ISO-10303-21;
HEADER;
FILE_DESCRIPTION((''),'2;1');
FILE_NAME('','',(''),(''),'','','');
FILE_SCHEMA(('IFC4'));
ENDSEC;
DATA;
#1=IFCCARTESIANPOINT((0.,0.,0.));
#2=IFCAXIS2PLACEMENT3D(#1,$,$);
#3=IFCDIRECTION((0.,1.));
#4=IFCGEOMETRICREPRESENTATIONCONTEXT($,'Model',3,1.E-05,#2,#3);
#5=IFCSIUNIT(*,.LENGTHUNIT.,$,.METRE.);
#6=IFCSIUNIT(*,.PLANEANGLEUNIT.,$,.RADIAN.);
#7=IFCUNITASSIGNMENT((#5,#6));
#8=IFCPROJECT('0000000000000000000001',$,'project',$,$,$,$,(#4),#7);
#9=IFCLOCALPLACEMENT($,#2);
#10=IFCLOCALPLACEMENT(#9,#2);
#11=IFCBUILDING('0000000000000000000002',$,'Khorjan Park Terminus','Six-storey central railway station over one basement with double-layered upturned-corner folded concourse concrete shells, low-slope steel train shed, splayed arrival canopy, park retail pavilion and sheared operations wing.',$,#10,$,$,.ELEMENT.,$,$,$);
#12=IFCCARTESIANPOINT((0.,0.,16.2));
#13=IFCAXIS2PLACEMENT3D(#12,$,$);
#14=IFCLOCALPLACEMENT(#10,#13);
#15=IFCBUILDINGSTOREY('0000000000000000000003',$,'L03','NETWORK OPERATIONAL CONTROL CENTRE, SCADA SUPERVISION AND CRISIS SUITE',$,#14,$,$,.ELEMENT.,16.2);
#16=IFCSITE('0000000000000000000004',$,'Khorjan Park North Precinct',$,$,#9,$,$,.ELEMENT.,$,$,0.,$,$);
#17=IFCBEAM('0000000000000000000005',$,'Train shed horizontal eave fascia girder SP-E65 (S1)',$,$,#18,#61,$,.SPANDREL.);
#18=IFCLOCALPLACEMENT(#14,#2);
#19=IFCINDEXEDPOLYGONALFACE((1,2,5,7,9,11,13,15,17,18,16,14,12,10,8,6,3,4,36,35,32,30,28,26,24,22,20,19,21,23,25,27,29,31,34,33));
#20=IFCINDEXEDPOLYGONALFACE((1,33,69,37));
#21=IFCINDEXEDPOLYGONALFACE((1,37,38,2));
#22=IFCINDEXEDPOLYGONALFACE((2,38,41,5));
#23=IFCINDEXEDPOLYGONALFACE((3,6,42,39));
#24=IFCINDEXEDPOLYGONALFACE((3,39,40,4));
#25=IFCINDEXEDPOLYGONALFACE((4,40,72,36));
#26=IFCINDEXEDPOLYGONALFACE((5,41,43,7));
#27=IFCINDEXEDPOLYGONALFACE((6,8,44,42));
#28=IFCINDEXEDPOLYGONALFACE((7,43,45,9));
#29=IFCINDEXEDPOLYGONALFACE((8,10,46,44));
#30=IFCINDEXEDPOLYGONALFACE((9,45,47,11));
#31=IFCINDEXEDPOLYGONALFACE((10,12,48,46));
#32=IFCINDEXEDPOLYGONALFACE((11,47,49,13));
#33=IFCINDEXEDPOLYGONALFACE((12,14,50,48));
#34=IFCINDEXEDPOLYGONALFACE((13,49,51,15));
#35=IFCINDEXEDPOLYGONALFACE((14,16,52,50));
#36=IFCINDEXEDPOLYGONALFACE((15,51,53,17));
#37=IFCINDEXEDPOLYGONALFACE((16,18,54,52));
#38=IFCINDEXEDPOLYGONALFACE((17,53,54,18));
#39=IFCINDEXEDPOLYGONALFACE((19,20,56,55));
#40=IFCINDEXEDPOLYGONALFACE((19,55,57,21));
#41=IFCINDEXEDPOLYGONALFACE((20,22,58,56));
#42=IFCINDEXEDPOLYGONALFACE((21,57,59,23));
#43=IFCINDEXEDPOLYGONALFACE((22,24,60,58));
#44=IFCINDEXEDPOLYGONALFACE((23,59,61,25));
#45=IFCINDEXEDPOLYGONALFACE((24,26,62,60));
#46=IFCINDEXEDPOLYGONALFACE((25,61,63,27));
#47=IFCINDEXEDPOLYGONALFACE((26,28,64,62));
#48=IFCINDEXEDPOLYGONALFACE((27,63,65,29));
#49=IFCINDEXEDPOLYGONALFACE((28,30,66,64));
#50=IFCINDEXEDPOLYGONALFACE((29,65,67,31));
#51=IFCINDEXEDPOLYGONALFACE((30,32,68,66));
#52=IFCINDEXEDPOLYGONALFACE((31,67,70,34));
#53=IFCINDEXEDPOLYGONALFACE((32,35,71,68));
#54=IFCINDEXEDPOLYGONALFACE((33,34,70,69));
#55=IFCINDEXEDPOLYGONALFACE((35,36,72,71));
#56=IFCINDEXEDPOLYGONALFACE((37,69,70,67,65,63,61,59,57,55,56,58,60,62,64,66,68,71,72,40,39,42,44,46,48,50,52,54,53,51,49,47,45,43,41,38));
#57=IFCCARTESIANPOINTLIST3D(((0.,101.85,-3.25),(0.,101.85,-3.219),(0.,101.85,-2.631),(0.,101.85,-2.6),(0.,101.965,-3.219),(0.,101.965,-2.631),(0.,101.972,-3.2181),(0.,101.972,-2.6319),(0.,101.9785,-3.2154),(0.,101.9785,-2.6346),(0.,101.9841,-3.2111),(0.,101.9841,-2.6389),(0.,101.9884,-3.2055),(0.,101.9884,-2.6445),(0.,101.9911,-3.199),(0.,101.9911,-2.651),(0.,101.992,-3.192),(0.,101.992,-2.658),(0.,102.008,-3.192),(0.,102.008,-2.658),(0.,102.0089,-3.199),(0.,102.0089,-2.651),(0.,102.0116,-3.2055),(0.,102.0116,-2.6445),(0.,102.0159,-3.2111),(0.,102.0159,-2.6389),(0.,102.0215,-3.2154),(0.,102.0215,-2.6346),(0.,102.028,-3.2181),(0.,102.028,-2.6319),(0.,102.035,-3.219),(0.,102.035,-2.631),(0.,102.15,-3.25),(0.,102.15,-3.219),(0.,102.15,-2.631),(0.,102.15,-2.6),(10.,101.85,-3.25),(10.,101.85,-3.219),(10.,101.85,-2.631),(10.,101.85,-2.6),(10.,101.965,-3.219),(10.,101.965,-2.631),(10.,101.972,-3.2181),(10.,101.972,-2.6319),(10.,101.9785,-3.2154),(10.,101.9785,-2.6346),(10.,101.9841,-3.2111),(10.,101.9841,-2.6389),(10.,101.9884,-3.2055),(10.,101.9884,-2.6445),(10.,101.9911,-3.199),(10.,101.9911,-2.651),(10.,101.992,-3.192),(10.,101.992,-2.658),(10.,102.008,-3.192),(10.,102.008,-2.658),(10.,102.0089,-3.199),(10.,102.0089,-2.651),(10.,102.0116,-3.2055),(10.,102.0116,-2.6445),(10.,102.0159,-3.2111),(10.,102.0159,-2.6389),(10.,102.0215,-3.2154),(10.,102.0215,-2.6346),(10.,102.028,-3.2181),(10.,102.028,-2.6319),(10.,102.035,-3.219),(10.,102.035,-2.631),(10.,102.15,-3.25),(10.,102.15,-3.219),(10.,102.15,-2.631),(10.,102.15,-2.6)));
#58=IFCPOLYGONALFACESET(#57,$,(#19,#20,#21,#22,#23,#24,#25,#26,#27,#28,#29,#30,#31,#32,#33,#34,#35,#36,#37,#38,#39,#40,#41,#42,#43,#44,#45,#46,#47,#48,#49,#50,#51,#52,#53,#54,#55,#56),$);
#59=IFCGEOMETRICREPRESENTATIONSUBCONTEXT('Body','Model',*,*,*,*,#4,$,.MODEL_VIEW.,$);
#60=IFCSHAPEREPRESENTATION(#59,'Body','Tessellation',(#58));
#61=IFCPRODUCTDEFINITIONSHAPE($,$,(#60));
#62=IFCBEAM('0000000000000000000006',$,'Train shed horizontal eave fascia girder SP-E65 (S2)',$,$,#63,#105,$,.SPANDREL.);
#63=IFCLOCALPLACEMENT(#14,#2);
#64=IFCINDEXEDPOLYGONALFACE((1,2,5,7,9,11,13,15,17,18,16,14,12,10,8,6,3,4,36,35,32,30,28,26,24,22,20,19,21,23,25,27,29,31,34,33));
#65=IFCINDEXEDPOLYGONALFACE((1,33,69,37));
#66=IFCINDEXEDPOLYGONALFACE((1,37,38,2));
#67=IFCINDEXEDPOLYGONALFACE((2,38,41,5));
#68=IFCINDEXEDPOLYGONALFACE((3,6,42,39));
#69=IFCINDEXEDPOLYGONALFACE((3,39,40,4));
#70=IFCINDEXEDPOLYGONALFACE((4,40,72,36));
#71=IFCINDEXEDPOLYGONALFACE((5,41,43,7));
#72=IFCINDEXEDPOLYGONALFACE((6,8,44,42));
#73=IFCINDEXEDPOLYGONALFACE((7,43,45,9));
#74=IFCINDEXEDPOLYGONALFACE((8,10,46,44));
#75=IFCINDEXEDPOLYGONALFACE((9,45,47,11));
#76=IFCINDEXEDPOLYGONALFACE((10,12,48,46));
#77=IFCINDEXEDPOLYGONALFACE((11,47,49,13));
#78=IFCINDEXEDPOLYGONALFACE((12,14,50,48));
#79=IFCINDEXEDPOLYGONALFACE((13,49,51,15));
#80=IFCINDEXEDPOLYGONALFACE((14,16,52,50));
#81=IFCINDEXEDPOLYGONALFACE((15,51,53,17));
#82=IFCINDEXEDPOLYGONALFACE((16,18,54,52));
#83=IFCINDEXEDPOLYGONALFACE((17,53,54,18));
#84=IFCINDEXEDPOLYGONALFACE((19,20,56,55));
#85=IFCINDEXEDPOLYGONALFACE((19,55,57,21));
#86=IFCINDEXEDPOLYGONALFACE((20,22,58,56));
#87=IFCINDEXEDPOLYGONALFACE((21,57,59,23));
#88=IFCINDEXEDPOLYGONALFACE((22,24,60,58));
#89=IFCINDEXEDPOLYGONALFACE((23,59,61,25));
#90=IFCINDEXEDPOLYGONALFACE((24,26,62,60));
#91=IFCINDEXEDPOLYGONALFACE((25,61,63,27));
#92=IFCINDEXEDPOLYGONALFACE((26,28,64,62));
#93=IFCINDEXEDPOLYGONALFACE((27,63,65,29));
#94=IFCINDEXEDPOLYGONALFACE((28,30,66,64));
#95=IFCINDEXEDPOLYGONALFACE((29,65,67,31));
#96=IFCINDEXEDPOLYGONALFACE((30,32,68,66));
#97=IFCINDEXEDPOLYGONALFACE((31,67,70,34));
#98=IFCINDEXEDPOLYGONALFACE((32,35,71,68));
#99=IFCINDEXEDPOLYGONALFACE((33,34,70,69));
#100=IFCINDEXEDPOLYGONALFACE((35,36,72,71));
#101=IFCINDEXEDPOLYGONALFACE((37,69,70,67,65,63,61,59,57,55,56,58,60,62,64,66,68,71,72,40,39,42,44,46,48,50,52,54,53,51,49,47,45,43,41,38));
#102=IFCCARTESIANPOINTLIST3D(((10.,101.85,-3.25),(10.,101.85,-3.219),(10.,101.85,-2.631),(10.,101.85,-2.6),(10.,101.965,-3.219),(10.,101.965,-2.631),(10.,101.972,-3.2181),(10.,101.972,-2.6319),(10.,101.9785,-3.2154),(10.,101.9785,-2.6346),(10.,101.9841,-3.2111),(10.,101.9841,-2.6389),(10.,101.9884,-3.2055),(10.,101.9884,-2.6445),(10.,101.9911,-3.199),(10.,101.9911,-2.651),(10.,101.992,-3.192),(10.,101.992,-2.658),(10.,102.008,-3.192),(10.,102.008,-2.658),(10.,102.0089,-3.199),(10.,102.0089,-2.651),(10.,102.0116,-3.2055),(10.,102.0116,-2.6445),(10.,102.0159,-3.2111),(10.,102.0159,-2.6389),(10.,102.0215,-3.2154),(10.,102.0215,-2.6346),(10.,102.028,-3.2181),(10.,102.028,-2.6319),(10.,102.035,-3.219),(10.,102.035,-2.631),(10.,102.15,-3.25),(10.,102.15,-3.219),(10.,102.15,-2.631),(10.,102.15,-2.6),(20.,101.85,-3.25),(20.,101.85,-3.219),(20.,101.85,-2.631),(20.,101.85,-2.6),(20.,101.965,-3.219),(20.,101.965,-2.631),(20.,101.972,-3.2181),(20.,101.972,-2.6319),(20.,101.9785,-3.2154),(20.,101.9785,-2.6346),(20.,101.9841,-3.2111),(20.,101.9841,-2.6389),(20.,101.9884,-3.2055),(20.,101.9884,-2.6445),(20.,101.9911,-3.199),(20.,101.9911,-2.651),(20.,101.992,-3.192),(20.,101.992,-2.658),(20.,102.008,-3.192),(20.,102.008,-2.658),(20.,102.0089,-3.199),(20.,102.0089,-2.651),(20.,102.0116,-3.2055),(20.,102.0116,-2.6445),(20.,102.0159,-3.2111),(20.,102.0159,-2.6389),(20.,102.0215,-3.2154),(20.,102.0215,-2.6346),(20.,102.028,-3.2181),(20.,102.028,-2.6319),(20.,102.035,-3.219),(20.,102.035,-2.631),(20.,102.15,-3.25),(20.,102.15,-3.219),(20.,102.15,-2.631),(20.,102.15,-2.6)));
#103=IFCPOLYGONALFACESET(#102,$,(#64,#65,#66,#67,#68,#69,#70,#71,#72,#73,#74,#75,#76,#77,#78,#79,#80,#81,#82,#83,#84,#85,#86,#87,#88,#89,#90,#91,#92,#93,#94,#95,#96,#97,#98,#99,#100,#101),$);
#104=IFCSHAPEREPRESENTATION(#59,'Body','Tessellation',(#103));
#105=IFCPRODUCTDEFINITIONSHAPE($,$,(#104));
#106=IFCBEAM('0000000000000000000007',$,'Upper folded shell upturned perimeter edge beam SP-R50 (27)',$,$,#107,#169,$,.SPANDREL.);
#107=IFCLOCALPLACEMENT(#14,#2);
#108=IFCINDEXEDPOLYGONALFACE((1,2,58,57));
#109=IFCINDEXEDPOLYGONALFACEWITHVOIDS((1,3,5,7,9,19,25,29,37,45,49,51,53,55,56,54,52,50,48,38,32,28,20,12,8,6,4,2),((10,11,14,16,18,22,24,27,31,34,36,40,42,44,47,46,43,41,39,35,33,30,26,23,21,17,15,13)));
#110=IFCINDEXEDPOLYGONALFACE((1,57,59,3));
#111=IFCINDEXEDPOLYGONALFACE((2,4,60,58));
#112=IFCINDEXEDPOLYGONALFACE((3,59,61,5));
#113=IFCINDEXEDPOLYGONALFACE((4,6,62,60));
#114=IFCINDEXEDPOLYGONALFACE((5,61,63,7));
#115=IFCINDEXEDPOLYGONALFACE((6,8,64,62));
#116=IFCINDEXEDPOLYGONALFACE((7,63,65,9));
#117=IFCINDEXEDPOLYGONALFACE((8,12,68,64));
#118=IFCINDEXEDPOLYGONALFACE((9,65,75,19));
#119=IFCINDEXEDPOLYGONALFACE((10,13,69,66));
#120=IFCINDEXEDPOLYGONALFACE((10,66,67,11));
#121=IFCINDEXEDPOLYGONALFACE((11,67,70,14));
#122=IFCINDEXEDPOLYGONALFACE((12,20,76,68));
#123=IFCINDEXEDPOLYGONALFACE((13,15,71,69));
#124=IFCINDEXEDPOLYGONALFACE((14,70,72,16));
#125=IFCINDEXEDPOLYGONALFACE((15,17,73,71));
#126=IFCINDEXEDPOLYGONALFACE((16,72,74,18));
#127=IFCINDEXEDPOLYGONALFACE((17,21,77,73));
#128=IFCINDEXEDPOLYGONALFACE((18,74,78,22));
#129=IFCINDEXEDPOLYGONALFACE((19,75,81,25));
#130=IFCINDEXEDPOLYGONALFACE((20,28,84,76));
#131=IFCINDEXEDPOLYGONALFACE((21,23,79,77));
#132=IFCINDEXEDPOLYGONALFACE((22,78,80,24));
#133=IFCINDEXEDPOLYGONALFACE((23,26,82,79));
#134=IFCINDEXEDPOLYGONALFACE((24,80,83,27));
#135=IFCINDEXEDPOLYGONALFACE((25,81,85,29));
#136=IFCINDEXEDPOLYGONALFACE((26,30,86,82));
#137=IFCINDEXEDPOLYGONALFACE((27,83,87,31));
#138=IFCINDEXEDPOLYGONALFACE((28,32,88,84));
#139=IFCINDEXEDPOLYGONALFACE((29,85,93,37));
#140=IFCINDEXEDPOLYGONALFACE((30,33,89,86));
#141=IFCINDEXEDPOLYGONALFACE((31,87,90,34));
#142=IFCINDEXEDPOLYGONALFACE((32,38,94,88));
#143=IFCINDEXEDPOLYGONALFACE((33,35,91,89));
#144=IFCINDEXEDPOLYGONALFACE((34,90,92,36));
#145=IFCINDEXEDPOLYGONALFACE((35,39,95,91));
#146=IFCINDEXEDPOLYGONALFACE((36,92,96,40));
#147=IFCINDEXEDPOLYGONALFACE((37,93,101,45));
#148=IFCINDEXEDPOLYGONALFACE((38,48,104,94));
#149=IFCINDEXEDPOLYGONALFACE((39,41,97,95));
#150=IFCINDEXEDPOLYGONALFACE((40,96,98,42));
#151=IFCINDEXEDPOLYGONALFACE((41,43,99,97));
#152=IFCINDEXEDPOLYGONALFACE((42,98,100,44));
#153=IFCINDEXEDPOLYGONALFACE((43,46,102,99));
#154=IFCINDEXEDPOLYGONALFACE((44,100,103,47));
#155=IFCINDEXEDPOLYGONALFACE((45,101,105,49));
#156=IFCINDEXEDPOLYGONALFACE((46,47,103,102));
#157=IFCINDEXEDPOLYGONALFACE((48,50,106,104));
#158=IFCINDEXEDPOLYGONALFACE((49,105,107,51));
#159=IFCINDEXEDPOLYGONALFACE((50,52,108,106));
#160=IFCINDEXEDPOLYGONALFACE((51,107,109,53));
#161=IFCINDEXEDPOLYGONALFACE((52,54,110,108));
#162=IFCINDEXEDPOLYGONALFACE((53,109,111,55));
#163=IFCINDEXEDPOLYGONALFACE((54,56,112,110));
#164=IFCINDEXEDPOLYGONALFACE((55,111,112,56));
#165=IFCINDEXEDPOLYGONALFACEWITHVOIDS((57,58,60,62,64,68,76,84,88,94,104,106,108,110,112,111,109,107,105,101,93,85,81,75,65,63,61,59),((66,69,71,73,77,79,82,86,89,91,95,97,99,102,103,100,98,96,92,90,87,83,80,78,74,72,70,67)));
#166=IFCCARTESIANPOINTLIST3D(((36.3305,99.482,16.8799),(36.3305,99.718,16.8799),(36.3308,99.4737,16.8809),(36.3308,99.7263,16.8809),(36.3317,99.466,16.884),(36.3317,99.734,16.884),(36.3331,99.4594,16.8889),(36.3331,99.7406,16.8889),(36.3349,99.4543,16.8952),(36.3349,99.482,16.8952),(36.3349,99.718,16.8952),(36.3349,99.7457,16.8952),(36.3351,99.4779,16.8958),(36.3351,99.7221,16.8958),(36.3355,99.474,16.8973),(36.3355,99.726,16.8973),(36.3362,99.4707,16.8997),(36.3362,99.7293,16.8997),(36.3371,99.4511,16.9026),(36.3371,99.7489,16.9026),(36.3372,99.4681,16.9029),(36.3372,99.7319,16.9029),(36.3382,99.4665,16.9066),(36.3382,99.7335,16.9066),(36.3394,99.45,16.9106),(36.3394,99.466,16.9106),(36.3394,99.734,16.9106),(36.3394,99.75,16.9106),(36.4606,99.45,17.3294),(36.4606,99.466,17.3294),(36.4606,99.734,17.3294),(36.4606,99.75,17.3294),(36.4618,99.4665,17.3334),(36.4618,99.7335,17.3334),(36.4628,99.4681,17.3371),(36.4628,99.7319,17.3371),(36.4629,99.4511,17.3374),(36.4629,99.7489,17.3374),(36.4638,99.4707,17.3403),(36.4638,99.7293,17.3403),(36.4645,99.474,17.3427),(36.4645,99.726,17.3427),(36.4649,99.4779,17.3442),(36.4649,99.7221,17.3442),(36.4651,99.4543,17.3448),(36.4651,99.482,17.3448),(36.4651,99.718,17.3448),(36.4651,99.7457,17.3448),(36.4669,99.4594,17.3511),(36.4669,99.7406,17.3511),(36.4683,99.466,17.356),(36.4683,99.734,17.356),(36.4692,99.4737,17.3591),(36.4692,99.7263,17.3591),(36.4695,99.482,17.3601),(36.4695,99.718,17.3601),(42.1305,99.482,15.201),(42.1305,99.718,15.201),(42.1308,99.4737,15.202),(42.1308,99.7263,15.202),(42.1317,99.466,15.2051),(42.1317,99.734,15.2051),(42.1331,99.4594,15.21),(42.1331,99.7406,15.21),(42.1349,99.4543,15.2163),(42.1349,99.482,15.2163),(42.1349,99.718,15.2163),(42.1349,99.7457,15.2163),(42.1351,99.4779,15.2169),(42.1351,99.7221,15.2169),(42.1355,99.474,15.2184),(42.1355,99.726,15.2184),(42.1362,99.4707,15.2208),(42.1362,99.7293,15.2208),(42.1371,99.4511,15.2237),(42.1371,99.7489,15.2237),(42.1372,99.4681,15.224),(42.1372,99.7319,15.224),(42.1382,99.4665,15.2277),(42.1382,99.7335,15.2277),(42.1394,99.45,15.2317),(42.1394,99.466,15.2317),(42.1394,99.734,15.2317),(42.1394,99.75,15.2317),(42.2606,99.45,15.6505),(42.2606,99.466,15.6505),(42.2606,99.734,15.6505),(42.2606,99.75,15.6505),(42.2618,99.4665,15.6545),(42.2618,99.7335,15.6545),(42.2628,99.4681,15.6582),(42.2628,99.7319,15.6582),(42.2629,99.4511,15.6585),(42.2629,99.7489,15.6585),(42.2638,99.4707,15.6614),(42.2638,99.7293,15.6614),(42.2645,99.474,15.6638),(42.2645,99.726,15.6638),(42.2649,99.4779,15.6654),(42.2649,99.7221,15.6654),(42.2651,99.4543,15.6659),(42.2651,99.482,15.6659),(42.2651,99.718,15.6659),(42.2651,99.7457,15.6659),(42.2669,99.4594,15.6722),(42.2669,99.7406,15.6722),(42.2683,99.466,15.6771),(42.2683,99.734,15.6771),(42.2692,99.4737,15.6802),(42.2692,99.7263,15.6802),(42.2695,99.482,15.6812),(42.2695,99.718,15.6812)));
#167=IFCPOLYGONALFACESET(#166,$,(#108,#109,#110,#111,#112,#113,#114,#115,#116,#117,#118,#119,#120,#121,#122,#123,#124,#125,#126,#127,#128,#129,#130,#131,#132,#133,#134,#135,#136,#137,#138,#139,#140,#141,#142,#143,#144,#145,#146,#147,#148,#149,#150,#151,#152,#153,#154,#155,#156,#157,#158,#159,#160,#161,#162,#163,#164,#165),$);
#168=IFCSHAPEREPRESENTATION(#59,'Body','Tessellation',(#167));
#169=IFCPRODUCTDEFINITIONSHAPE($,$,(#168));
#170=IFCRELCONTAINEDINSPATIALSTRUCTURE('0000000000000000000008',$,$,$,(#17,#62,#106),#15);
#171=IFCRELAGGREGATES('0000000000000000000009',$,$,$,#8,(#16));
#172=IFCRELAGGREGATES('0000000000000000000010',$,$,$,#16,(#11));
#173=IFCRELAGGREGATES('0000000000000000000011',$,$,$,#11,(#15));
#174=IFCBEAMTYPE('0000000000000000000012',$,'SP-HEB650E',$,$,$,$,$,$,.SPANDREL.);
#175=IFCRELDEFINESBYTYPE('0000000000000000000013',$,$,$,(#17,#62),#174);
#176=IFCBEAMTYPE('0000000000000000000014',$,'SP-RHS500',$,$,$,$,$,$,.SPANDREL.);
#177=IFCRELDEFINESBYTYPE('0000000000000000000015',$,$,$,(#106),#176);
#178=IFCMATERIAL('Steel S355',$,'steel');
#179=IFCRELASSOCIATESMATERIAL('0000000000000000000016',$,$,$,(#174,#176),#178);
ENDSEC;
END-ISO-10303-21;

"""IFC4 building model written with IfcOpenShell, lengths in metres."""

from ifc_helpers import new_model, si_unit, direction, frame, origin, origin_2d, place, context, subcontext, project, spatial, hollow_rectangle, i_section, extrude, material, material_profile, profile_set, type_object, element, save


model = new_model("IFC4")

# Units and contexts
model_context = context("Model", 3, precision=1e-05, world=origin(), true_north=direction((0.0, 1.0)))
body_context = subcontext(model_context, "Body", "Model", "MODEL_VIEW")
ifc_project = project(units=[si_unit("LENGTHUNIT", "METRE"), si_unit("PLANEANGLEUNIT", "RADIAN")], contexts=[model_context])

# Site, building, storey
site_placement = place(None, origin())
site = spatial("IfcSite", under=ifc_project, at=site_placement, Name="Khorjan Park North Precinct", CompositionType="ELEMENT", RefElevation=0.0)
building_placement = place(site_placement, origin())
building = spatial("IfcBuilding", under=site, at=building_placement, Name="Khorjan Park Terminus", Description="Six-storey central railway station over one basement with double-layered upturned-corner folded concourse concrete shells, low-slope steel train shed, splayed arrival canopy, park retail pavilion and sheared operations wing.", CompositionType="ELEMENT")
storey_placement = place(building_placement, frame((0.0, 0.0, 16.2)))
storey = spatial("IfcBuildingStorey", under=building, at=storey_placement, Name="L03", Description="NETWORK OPERATIONAL CONTROL CENTRE, SCADA SUPERVISION AND CRISIS SUITE", CompositionType="ELEMENT", Elevation=16.2)

# Shared definitions
ifc_material = material(Name="Steel S355", Category="steel")

# Beams
ifc_material_profile_1 = material_profile(ifc_material, i_section(OverallWidth=0.3, OverallDepth=0.65, WebThickness=0.016, FlangeThickness=0.031, FilletRadius=0.027, at=origin_2d()), Name="HEB 650")
ifc_profile_set_1 = profile_set([ifc_material_profile_1], Name="Steel S355")
beam_type_1 = type_object("IfcBeamType", Name="SP-HEB650E", PredefinedType="SPANDREL", material=ifc_profile_set_1)
for number, where, z_axis, x_axis, name in (
    (1, (0.0, 102.0, -2.925), (1.0, 0.0, 0.0), (0.0, 1.0, 0.0), "Train shed horizontal eave fascia girder SP-E65 (S1)"),
    (2, (10.0, 102.0, -2.925), (1.0, 0.0, 0.0), (0.0, 1.0, 0.0), "Train shed horizontal eave fascia girder SP-E65 (S2)"),
):
    element("IfcBeam", number, at=place(storey_placement, frame(where, z_axis=z_axis, x_axis=x_axis)), inside=storey, type_object=beam_type_1, Name=name, PredefinedType="SPANDREL", context=body_context, shape_type="SweptSolid", body=[
        extrude(i_section(OverallWidth=0.3, OverallDepth=0.65, WebThickness=0.016, FlangeThickness=0.031, FilletRadius=0.027, at=origin_2d()), origin(), (0.0, 0.0, 1.0), 10.0),
    ])
ifc_material_profile_2 = material_profile(ifc_material, hollow_rectangle(XDim=0.3, YDim=0.5, WallThickness=0.016, InnerFilletRadius=0.016, OuterFilletRadius=0.032, at=origin_2d()), Name="RHS 500x300x16")
ifc_profile_set_2 = profile_set([ifc_material_profile_2], Name="Steel S355")
beam_type_2 = type_object("IfcBeamType", Name="SP-RHS500", PredefinedType="SPANDREL", material=ifc_profile_set_2)
beam_1_placement = place(storey_placement, frame((36.4, 99.6, 17.12), z_axis=(0.960566, 0.0, -0.278051), x_axis=(0.0, 1.0, 0.0)))
element("IfcBeam", 3, at=beam_1_placement, inside=storey, type_object=beam_type_2, Name="Upper folded shell upturned perimeter edge beam SP-R50 (27)", PredefinedType="SPANDREL", context=body_context, shape_type="SweptSolid", body=[
    extrude(hollow_rectangle(XDim=0.3, YDim=0.5, WallThickness=0.016, InnerFilletRadius=0.016, OuterFilletRadius=0.032, at=origin_2d()), origin(), (0.0, 0.0, 1.0), 6.0381),
])

save(model, "model.ifc")
